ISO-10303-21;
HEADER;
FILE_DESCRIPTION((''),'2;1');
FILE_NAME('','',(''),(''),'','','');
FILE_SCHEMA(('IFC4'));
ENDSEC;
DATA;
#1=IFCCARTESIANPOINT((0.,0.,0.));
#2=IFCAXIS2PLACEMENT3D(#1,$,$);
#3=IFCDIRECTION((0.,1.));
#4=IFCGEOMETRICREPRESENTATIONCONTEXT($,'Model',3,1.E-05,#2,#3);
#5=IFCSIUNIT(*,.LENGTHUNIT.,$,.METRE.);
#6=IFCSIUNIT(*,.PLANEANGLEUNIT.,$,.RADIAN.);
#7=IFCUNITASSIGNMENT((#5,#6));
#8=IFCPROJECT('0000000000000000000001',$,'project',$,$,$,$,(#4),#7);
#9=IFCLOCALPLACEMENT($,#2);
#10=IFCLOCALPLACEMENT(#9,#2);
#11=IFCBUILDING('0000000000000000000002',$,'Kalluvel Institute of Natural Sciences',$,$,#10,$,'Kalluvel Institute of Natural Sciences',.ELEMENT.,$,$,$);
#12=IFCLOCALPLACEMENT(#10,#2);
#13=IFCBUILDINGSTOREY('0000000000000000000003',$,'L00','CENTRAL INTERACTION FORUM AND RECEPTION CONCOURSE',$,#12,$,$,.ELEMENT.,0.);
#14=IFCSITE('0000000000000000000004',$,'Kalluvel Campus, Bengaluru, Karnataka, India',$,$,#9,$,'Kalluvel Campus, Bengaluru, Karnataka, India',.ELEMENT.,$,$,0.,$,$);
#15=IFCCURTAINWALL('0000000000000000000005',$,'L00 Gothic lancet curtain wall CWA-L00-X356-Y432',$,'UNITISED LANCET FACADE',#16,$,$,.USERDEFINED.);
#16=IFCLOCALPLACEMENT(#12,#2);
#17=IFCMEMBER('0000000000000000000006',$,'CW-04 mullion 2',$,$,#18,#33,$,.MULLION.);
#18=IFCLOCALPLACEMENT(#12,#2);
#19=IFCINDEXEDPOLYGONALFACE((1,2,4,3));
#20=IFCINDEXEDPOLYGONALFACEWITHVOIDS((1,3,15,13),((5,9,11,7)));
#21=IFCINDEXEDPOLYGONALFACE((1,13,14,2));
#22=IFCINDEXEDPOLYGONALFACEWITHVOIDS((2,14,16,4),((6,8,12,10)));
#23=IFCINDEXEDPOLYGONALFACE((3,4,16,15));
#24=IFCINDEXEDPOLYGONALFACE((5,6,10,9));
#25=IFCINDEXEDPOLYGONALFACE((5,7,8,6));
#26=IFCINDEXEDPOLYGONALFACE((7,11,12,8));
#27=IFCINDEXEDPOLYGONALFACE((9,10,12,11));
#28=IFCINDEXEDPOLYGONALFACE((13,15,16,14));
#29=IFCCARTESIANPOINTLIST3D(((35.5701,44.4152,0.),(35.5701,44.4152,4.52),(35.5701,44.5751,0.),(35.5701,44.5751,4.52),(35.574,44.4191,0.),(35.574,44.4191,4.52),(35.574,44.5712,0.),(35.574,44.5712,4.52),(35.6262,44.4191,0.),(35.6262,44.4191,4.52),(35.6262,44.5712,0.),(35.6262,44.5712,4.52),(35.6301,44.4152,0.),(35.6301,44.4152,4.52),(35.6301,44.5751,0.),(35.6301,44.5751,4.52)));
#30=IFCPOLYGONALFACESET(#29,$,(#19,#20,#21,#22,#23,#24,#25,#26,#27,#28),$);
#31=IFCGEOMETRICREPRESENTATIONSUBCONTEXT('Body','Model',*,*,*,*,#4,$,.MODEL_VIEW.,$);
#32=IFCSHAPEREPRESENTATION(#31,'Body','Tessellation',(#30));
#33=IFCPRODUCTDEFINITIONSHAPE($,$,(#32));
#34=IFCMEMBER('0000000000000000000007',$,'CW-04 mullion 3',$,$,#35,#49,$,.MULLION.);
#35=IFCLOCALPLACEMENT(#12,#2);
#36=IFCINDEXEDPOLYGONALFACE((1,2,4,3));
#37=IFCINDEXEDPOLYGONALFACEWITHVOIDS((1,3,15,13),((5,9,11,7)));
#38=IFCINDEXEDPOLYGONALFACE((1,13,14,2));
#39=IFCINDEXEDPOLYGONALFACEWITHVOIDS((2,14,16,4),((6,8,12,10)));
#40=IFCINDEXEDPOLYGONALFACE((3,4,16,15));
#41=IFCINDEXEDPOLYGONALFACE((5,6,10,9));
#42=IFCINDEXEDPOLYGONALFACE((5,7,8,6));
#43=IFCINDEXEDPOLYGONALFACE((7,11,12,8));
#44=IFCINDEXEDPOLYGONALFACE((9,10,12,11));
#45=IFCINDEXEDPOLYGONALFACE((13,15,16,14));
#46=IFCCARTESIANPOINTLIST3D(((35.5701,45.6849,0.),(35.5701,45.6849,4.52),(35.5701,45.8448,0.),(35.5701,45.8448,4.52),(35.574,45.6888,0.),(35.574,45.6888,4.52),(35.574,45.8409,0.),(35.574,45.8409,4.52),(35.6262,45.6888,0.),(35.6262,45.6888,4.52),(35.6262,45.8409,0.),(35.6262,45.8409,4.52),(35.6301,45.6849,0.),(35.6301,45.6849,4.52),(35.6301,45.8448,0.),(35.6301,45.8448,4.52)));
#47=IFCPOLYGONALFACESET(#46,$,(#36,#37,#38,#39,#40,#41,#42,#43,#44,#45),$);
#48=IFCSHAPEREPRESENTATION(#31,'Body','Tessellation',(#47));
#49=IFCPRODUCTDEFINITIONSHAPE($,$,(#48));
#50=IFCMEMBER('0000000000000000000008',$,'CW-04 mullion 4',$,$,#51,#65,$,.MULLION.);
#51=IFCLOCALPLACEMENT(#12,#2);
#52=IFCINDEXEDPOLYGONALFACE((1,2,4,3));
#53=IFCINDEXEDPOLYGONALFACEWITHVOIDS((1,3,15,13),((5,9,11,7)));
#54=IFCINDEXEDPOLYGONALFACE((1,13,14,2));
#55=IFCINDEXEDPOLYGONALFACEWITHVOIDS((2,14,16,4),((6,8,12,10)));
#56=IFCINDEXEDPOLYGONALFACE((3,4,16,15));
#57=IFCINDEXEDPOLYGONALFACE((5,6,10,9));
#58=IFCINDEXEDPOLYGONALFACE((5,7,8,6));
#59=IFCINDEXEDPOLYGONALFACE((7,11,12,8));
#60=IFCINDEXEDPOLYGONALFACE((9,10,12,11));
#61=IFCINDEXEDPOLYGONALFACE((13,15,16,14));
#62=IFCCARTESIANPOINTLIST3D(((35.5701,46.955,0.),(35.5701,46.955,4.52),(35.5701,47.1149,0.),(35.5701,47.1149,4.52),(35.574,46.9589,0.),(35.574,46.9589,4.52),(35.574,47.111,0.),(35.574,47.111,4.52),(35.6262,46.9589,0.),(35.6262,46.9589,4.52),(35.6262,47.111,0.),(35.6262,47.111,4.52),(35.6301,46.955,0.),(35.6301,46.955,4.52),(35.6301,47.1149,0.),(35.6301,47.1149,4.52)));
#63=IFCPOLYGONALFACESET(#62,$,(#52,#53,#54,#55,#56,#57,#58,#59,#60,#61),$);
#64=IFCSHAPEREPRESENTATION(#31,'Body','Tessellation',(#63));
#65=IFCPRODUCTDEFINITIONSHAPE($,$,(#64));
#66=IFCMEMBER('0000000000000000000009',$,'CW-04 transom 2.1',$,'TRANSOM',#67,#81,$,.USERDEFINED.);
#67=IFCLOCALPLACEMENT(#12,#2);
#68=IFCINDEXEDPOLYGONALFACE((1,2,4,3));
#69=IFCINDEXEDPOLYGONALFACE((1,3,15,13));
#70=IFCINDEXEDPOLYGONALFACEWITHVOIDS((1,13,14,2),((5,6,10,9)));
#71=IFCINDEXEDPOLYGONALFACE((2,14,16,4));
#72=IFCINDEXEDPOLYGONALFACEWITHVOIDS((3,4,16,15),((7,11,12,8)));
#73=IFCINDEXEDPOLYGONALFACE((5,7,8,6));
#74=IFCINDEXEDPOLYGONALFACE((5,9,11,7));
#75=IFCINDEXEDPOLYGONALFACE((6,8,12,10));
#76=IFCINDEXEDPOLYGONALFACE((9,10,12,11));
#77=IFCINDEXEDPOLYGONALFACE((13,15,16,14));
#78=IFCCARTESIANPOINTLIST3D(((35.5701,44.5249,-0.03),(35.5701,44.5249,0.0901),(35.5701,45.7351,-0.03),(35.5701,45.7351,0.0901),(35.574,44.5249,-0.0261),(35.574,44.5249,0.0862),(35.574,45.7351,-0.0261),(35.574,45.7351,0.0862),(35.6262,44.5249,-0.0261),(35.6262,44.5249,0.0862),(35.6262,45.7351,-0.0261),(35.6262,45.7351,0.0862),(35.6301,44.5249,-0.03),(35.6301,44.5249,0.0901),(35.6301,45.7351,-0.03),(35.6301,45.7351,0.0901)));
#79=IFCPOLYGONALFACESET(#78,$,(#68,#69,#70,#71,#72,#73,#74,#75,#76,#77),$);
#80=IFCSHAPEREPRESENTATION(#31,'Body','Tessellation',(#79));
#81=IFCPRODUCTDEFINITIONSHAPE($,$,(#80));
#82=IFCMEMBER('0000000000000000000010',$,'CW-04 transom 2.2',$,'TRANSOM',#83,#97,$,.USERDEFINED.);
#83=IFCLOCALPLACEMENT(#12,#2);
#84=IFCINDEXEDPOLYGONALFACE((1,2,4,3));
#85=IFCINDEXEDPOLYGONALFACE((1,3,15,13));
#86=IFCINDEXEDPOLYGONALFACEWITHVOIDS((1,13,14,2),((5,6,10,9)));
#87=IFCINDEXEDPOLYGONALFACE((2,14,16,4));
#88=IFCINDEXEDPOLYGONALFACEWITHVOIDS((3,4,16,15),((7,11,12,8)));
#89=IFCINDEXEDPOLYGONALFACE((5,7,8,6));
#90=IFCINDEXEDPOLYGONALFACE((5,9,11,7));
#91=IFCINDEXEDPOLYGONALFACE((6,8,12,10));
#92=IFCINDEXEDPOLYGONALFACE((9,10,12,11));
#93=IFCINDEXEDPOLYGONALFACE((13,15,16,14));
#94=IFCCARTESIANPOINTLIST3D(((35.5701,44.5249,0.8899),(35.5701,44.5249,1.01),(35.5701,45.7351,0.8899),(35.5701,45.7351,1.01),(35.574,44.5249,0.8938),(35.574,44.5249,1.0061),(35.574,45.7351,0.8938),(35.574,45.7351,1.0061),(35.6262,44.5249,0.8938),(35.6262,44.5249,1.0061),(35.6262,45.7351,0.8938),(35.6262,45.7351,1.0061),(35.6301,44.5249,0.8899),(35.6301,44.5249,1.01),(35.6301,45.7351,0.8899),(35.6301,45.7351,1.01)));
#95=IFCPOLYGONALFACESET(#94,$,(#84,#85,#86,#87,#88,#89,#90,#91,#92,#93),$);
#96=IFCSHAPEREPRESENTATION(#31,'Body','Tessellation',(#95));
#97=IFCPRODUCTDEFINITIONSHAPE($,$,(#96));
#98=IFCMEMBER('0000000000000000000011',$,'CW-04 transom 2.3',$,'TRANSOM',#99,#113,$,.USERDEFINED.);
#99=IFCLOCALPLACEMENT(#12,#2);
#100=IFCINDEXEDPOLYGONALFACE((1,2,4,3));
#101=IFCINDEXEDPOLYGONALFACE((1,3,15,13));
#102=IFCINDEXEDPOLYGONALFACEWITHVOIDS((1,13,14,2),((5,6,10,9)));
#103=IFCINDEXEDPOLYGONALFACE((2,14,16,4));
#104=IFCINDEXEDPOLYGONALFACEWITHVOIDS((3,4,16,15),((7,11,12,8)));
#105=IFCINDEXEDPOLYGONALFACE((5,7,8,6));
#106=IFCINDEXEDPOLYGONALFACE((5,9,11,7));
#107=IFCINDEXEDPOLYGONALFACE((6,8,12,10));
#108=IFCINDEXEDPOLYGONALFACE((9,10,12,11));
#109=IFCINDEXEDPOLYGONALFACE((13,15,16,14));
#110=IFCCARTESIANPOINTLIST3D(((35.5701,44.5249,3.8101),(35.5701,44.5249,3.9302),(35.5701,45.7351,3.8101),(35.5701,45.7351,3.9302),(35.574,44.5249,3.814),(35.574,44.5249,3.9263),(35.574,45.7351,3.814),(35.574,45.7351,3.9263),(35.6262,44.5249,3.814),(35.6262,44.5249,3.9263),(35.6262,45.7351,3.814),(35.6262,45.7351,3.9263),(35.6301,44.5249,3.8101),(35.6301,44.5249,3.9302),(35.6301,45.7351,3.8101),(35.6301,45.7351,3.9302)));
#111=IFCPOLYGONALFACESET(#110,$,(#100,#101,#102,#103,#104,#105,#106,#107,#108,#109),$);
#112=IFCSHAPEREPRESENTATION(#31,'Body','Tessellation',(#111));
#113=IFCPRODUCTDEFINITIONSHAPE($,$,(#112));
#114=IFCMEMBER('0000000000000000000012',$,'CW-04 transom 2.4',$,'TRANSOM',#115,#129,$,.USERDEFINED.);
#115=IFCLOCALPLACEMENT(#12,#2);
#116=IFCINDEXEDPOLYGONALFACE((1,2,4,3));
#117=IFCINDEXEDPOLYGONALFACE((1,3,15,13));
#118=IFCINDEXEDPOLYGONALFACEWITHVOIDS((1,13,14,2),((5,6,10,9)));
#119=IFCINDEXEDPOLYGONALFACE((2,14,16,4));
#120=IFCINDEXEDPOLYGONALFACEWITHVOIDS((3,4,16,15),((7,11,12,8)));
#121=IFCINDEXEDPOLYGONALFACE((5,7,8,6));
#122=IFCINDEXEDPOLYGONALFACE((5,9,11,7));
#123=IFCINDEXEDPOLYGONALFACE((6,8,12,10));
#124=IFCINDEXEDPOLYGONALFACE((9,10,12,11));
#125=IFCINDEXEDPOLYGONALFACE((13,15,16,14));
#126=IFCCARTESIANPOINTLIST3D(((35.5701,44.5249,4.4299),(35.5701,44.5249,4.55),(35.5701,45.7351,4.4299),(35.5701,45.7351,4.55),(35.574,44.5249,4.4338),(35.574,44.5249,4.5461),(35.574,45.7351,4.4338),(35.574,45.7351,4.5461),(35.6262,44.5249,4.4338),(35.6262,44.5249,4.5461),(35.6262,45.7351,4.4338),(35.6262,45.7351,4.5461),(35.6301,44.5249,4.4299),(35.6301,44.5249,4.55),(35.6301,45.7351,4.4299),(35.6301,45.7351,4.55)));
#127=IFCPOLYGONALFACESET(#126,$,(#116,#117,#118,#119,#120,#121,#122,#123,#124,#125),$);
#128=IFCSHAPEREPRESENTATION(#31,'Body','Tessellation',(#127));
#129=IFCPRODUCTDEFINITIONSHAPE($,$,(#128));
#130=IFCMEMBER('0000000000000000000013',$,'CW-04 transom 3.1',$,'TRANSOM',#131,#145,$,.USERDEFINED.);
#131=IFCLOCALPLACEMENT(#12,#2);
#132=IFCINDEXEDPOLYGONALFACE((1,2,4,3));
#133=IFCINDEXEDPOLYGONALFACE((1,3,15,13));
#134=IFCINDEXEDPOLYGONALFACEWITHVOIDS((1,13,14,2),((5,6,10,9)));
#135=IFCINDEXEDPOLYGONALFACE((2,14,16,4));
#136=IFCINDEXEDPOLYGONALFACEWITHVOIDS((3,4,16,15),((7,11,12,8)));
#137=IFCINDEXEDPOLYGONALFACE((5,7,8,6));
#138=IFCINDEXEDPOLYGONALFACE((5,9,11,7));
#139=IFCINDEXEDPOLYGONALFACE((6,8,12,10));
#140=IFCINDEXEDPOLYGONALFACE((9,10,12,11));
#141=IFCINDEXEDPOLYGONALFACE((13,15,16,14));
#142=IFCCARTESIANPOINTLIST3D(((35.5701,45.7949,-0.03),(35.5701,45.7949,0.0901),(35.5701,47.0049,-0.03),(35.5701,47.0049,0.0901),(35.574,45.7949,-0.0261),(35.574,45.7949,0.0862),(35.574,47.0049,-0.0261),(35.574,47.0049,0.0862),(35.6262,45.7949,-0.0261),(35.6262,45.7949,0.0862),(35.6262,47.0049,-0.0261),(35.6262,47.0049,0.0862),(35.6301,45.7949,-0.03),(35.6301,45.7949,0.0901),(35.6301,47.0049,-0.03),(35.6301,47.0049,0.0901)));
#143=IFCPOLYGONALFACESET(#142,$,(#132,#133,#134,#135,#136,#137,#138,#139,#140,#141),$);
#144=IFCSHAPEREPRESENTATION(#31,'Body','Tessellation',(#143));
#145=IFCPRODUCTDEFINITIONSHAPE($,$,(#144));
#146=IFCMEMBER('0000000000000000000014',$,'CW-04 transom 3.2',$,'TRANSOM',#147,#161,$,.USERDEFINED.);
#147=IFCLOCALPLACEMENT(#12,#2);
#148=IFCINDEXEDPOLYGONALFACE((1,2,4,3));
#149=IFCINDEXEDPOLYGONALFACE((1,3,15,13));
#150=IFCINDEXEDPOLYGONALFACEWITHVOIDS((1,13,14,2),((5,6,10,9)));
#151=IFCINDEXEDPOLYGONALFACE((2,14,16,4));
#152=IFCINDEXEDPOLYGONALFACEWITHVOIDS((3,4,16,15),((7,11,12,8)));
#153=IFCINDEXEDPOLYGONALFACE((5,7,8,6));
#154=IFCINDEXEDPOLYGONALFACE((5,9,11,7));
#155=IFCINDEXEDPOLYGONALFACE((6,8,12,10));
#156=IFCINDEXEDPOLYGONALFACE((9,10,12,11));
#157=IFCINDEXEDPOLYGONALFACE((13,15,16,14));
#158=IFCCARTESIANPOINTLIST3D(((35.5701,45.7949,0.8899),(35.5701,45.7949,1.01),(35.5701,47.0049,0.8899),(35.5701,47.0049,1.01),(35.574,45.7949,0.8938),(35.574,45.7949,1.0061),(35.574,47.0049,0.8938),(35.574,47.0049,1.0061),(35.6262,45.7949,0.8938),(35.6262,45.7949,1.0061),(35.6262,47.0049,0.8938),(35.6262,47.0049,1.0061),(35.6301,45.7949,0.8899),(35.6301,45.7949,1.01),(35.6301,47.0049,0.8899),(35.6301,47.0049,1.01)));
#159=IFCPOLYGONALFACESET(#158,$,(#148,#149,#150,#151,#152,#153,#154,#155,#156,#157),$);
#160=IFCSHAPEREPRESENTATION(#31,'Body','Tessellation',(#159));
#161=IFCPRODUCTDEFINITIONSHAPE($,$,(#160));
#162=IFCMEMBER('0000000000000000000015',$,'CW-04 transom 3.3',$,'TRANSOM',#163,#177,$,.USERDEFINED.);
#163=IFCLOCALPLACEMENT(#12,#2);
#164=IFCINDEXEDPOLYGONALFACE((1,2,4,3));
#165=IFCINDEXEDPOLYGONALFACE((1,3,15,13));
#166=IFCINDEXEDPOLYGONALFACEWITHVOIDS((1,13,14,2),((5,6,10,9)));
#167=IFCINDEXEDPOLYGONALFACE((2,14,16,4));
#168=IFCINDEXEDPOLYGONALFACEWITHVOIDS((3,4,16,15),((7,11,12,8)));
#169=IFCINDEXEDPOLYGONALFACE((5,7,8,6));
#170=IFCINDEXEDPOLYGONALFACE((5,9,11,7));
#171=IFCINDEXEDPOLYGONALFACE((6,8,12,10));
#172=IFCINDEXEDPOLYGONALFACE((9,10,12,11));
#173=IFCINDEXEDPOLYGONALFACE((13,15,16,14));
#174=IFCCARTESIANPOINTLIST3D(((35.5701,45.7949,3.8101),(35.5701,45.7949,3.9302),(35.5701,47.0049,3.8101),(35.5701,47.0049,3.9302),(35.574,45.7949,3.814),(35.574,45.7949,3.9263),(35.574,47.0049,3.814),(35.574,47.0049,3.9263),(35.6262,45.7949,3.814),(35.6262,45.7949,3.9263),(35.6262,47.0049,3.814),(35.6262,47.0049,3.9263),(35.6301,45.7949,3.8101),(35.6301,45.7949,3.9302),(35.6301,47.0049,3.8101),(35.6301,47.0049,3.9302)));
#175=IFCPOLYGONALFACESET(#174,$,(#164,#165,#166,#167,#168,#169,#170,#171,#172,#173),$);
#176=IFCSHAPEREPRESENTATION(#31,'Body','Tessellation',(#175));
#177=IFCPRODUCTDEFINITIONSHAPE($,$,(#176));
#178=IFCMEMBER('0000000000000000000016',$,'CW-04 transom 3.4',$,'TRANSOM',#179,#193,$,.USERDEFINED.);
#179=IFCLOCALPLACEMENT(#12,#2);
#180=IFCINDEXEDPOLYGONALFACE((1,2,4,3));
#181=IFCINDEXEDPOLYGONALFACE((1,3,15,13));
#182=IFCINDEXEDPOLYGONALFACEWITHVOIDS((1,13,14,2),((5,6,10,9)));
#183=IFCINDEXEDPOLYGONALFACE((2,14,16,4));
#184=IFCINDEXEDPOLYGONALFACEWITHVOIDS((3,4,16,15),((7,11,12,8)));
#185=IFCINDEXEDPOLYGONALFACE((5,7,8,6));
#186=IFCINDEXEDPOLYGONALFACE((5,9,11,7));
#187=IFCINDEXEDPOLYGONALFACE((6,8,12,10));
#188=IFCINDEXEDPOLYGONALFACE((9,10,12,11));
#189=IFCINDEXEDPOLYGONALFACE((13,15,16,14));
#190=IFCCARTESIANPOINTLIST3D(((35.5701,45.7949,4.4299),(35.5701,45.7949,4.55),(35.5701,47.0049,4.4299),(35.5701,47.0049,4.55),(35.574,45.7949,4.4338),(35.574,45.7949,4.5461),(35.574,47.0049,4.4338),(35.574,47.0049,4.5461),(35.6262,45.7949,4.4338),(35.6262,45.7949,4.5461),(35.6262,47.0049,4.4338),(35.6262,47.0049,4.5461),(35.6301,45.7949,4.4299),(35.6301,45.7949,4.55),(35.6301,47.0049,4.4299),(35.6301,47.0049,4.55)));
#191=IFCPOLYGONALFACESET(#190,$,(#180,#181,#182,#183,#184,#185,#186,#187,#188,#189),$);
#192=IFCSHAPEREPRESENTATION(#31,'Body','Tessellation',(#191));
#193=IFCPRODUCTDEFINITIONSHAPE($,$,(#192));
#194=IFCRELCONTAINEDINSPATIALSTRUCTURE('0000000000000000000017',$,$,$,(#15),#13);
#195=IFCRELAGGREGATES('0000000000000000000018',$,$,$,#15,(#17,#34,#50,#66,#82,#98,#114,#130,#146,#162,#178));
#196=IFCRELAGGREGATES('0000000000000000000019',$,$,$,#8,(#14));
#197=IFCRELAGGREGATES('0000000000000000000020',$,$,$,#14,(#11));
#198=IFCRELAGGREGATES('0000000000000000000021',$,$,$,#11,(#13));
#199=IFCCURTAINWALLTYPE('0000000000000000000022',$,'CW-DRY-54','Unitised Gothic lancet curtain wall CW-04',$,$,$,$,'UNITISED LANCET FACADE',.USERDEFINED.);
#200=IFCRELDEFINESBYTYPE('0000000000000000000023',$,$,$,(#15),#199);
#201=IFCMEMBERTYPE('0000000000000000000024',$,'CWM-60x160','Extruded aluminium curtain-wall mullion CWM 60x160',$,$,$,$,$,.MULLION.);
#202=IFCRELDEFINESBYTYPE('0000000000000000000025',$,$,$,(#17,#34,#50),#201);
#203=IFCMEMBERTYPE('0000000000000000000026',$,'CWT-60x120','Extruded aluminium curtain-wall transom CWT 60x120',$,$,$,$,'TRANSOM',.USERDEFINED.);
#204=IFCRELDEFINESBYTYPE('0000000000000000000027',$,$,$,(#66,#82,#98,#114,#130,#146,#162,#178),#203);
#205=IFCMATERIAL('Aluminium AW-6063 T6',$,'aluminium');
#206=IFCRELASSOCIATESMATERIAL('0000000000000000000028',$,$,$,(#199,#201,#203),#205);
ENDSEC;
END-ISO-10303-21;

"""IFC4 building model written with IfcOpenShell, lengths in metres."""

from ifc_helpers import new_model, si_unit, direction, frame, origin, origin_2d, place, context, subcontext, project, spatial, hollow_rectangle, extrude, material, material_profile, profile_set, type_object, element, aggregate, save


model = new_model("IFC4")

# Units and contexts
model_context = context("Model", 3, precision=1e-05, world=origin(), true_north=direction((0.0, 1.0)))
body_context = subcontext(model_context, "Body", "Model", "MODEL_VIEW")
ifc_project = project(units=[si_unit("LENGTHUNIT", "METRE"), si_unit("PLANEANGLEUNIT", "RADIAN")], contexts=[model_context])

# Site, building, storey
site_placement = place(None, origin())
site = spatial("IfcSite", under=ifc_project, at=site_placement, Name="Kalluvel Campus, Bengaluru, Karnataka, India", LongName="Kalluvel Campus, Bengaluru, Karnataka, India", CompositionType="ELEMENT", RefElevation=0.0)
building_placement = place(site_placement, origin())
building = spatial("IfcBuilding", under=site, at=building_placement, Name="Kalluvel Institute of Natural Sciences", LongName="Kalluvel Institute of Natural Sciences", CompositionType="ELEMENT")
storey_placement = place(building_placement, origin())
storey = spatial("IfcBuildingStorey", under=building, at=storey_placement, Name="L00", Description="CENTRAL INTERACTION FORUM AND RECEPTION CONCOURSE", CompositionType="ELEMENT", Elevation=0.0)

# Curtain wall, members
ifc_material_1 = material(Name="Aluminium AW-6063 T6", Category="aluminium")
curtain_wall_type = type_object("IfcCurtainWallType", Name="CW-DRY-54", Description="Unitised Gothic lancet curtain wall CW-04", ElementType="UNITISED LANCET FACADE", PredefinedType="USERDEFINED", material=ifc_material_1)
curtain_wall_placement = place(storey_placement, origin())
curtain_wall = element("IfcCurtainWall", 1, at=curtain_wall_placement, inside=storey, type_object=curtain_wall_type, Name="L00 Gothic lancet curtain wall CWA-L00-X356-Y432", ObjectType="UNITISED LANCET FACADE", PredefinedType="USERDEFINED")
ifc_material_profile_1 = material_profile(ifc_material_1, hollow_rectangle(XDim=0.0601, YDim=0.1599, WallThickness=0.0039, at=origin_2d()), Name="CWM 60x160")
ifc_profile_set_1 = profile_set([ifc_material_profile_1], Name="Aluminium AW-6063 T6")
member_type_1 = type_object("IfcMemberType", Name="CWM-60x160", Description="Extruded aluminium curtain-wall mullion CWM 60x160", PredefinedType="MULLION", material=ifc_profile_set_1)
member_1_placement = place(storey_placement, frame((35.6001, 44.4951, 0.0), z_axis=(0.0, 0.0, 1.0), x_axis=(-1.0, 0.0, 0.0)))
member_1 = element("IfcMember", 2, at=member_1_placement, type_object=member_type_1, Name="CW-04 mullion 2", PredefinedType="MULLION", context=body_context, shape_type="SweptSolid", body=[
    extrude(hollow_rectangle(XDim=0.0601, YDim=0.1599, WallThickness=0.0039, at=origin_2d()), origin(), (0.0, 0.0, 1.0), 4.52),
])
member_2_placement = place(storey_placement, frame((35.6001, 45.7649, 0.0), z_axis=(0.0, 0.0, 1.0), x_axis=(-1.0, 0.0, 0.0)))
member_2 = element("IfcMember", 3, at=member_2_placement, type_object=member_type_1, Name="CW-04 mullion 3", PredefinedType="MULLION", context=body_context, shape_type="SweptSolid", body=[
    extrude(hollow_rectangle(XDim=0.0601, YDim=0.1599, WallThickness=0.0039, at=origin_2d()), origin(), (0.0, 0.0, 1.0), 4.52),
])
member_3_placement = place(storey_placement, frame((35.6001, 47.0349, 0.0), z_axis=(0.0, 0.0, 1.0), x_axis=(-1.0, 0.0, 0.0)))
member_3 = element("IfcMember", 4, at=member_3_placement, type_object=member_type_1, Name="CW-04 mullion 4", PredefinedType="MULLION", context=body_context, shape_type="SweptSolid", body=[
    extrude(hollow_rectangle(XDim=0.0601, YDim=0.1599, WallThickness=0.0039, at=origin_2d()), origin(), (0.0, 0.0, 1.0), 4.52),
])
ifc_material_profile_2 = material_profile(ifc_material_1, hollow_rectangle(XDim=0.0601, YDim=0.1201, WallThickness=0.0039, at=origin_2d()), Name="CWT 60x120")
ifc_profile_set_2 = profile_set([ifc_material_profile_2], Name="Aluminium AW-6063 T6")
member_type_2 = type_object("IfcMemberType", Name="CWT-60x120", Description="Extruded aluminium curtain-wall transom CWT 60x120", ElementType="TRANSOM", PredefinedType="USERDEFINED", material=ifc_profile_set_2)
member_4_placement = place(storey_placement, frame((35.6001, 44.5249, 0.03), z_axis=(0.0, 1.0, 0.0), x_axis=(-1.0, 0.0, 0.0)))
member_4 = element("IfcMember", 5, at=member_4_placement, type_object=member_type_2, Name="CW-04 transom 2.1", ObjectType="TRANSOM", PredefinedType="USERDEFINED", context=body_context, shape_type="SweptSolid", body=[
    extrude(hollow_rectangle(XDim=0.0601, YDim=0.1201, WallThickness=0.0039, at=origin_2d()), origin(), (0.0, 0.0, 1.0), 1.2102),
])
member_5_placement = place(storey_placement, frame((35.6001, 44.5249, 0.95), z_axis=(0.0, 1.0, 0.0), x_axis=(-1.0, 0.0, 0.0)))
member_5 = element("IfcMember", 6, at=member_5_placement, type_object=member_type_2, Name="CW-04 transom 2.2", ObjectType="TRANSOM", PredefinedType="USERDEFINED", context=body_context, shape_type="SweptSolid", body=[
    extrude(hollow_rectangle(XDim=0.0601, YDim=0.1201, WallThickness=0.0039, at=origin_2d()), origin(), (0.0, 0.0, 1.0), 1.2102),
])
member_6_placement = place(storey_placement, frame((35.6001, 44.5249, 3.8701), z_axis=(0.0, 1.0, 0.0), x_axis=(-1.0, 0.0, 0.0)))
member_6 = element("IfcMember", 7, at=member_6_placement, type_object=member_type_2, Name="CW-04 transom 2.3", ObjectType="TRANSOM", PredefinedType="USERDEFINED", context=body_context, shape_type="SweptSolid", body=[
    extrude(hollow_rectangle(XDim=0.0601, YDim=0.1201, WallThickness=0.0039, at=origin_2d()), origin(), (0.0, 0.0, 1.0), 1.2102),
])
member_7_placement = place(storey_placement, frame((35.6001, 44.5249, 4.49), z_axis=(0.0, 1.0, 0.0), x_axis=(-1.0, 0.0, 0.0)))
member_7 = element("IfcMember", 8, at=member_7_placement, type_object=member_type_2, Name="CW-04 transom 2.4", ObjectType="TRANSOM", PredefinedType="USERDEFINED", context=body_context, shape_type="SweptSolid", body=[
    extrude(hollow_rectangle(XDim=0.0601, YDim=0.1201, WallThickness=0.0039, at=origin_2d()), origin(), (0.0, 0.0, 1.0), 1.2102),
])
member_8_placement = place(storey_placement, frame((35.6001, 45.7949, 0.03), z_axis=(0.0, 1.0, 0.0), x_axis=(-1.0, 0.0, 0.0)))
member_8 = element("IfcMember", 9, at=member_8_placement, type_object=member_type_2, Name="CW-04 transom 3.1", ObjectType="TRANSOM", PredefinedType="USERDEFINED", context=body_context, shape_type="SweptSolid", body=[
    extrude(hollow_rectangle(XDim=0.0601, YDim=0.1201, WallThickness=0.0039, at=origin_2d()), origin(), (0.0, 0.0, 1.0), 1.21),
])
member_9_placement = place(storey_placement, frame((35.6001, 45.7949, 0.95), z_axis=(0.0, 1.0, 0.0), x_axis=(-1.0, 0.0, 0.0)))
member_9 = element("IfcMember", 10, at=member_9_placement, type_object=member_type_2, Name="CW-04 transom 3.2", ObjectType="TRANSOM", PredefinedType="USERDEFINED", context=body_context, shape_type="SweptSolid", body=[
    extrude(hollow_rectangle(XDim=0.0601, YDim=0.1201, WallThickness=0.0039, at=origin_2d()), origin(), (0.0, 0.0, 1.0), 1.21),
])
member_10_placement = place(storey_placement, frame((35.6001, 45.7949, 3.8701), z_axis=(0.0, 1.0, 0.0), x_axis=(-1.0, 0.0, 0.0)))
member_10 = element("IfcMember", 11, at=member_10_placement, type_object=member_type_2, Name="CW-04 transom 3.3", ObjectType="TRANSOM", PredefinedType="USERDEFINED", context=body_context, shape_type="SweptSolid", body=[
    extrude(hollow_rectangle(XDim=0.0601, YDim=0.1201, WallThickness=0.0039, at=origin_2d()), origin(), (0.0, 0.0, 1.0), 1.21),
])
member_11_placement = place(storey_placement, frame((35.6001, 45.7949, 4.49), z_axis=(0.0, 1.0, 0.0), x_axis=(-1.0, 0.0, 0.0)))
member_11 = element("IfcMember", 12, at=member_11_placement, type_object=member_type_2, Name="CW-04 transom 3.4", ObjectType="TRANSOM", PredefinedType="USERDEFINED", context=body_context, shape_type="SweptSolid", body=[
    extrude(hollow_rectangle(XDim=0.0601, YDim=0.1201, WallThickness=0.0039, at=origin_2d()), origin(), (0.0, 0.0, 1.0), 1.21),
])
aggregate(curtain_wall, [member_1, member_2, member_3, member_4, member_5, member_6, member_7, member_8, member_9, member_10, member_11])

save(model, "model.ifc")
